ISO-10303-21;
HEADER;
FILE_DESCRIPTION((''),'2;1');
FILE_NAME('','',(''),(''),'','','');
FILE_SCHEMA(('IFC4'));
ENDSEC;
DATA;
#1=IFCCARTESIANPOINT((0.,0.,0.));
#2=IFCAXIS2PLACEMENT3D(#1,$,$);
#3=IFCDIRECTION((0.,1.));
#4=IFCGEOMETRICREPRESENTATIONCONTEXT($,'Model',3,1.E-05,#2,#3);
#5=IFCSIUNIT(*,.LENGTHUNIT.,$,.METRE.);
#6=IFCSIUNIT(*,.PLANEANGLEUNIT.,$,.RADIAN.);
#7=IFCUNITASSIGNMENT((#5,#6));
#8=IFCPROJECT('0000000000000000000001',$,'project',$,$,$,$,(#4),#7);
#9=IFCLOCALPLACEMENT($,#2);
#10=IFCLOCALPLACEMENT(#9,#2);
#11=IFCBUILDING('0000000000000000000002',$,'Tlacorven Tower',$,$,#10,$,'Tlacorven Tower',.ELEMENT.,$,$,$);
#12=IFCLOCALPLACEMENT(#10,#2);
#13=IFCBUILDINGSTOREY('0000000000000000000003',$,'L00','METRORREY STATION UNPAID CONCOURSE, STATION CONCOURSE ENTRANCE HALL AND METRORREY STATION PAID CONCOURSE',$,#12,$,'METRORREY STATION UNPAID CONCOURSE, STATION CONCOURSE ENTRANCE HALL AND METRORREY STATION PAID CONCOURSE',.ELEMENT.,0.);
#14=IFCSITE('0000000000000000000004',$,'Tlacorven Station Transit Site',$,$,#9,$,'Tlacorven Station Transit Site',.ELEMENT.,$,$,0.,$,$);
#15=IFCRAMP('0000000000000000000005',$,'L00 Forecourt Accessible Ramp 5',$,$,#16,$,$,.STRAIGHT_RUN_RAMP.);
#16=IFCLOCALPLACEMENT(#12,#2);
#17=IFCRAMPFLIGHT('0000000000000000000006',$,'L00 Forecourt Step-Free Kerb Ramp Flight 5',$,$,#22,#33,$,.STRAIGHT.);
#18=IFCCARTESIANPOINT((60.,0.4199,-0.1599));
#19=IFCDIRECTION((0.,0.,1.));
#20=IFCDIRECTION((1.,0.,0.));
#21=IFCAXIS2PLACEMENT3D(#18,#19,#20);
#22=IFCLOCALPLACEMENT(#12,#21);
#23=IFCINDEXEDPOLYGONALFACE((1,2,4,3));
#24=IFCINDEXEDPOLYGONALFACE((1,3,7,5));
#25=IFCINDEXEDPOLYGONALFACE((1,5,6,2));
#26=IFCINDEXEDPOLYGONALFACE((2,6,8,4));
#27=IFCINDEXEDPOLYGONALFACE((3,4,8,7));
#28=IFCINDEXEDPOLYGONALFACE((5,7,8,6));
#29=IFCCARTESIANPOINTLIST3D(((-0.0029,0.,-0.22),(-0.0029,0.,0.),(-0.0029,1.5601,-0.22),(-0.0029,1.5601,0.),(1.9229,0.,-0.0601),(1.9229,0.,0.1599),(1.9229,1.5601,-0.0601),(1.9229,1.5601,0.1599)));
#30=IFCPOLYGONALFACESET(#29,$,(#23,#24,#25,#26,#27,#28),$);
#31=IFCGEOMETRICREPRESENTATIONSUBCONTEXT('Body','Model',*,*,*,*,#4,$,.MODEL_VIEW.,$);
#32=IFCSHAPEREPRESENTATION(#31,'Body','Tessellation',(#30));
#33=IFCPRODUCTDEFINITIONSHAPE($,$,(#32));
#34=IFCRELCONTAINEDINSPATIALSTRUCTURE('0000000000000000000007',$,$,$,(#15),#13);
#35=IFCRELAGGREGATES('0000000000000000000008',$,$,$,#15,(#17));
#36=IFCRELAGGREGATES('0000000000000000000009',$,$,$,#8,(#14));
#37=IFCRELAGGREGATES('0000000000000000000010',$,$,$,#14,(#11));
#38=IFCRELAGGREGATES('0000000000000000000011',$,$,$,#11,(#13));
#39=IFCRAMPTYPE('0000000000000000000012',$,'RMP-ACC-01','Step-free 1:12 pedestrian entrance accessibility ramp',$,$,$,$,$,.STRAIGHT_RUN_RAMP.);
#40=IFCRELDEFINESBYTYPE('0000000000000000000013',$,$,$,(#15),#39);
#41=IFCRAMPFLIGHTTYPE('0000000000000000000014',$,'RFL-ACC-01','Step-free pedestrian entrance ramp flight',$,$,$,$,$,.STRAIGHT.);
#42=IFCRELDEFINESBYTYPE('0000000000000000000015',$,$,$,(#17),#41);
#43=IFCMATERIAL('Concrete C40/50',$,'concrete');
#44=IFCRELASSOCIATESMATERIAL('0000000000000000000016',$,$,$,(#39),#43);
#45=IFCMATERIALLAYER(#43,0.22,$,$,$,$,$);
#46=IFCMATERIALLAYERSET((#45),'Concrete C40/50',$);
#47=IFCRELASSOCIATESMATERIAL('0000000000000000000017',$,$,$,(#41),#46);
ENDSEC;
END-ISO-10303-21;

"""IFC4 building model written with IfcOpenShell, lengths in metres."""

from ifc_helpers import new_model, si_unit, direction, frame, origin, place, context, subcontext, project, spatial, polyline, outline, extrude, material, layer, layer_set, type_object, element, aggregate, save


model = new_model("IFC4")

# Units and contexts
model_context = context("Model", 3, precision=1e-05, world=origin(), true_north=direction((0.0, 1.0)))
body_context = subcontext(model_context, "Body", "Model", "MODEL_VIEW")
ifc_project = project(units=[si_unit("LENGTHUNIT", "METRE"), si_unit("PLANEANGLEUNIT", "RADIAN")], contexts=[model_context])

# Site, building, storey
site_placement = place(None, origin())
site = spatial("IfcSite", under=ifc_project, at=site_placement, Name="Tlacorven Station Transit Site", LongName="Tlacorven Station Transit Site", CompositionType="ELEMENT", RefElevation=0.0)
building_placement = place(site_placement, origin())
building = spatial("IfcBuilding", under=site, at=building_placement, Name="Tlacorven Tower", LongName="Tlacorven Tower", CompositionType="ELEMENT")
storey_placement = place(building_placement, origin())
storey = spatial("IfcBuildingStorey", under=building, at=storey_placement, Name="L00", Description="METRORREY STATION UNPAID CONCOURSE, STATION CONCOURSE ENTRANCE HALL AND METRORREY STATION PAID CONCOURSE", LongName="METRORREY STATION UNPAID CONCOURSE, STATION CONCOURSE ENTRANCE HALL AND METRORREY STATION PAID CONCOURSE", CompositionType="ELEMENT", Elevation=0.0)

# Shared definitions
ifc_material_1 = material(Name="Concrete C40/50", Category="concrete")

# Ramp, ramp flight
ramp_type = type_object("IfcRampType", Name="RMP-ACC-01", Description="Step-free 1:12 pedestrian entrance accessibility ramp", PredefinedType="STRAIGHT_RUN_RAMP", material=ifc_material_1)
ramp_placement = place(storey_placement, origin())
ramp = element("IfcRamp", 1, at=ramp_placement, inside=storey, type_object=ramp_type, Name="L00 Forecourt Accessible Ramp 5", PredefinedType="STRAIGHT_RUN_RAMP")
ifc_layer_1 = layer(ifc_material_1, 0.22)
ifc_layer_set_1 = layer_set([ifc_layer_1], Name="Concrete C40/50")
ramp_flight_type = type_object("IfcRampFlightType", Name="RFL-ACC-01", Description="Step-free pedestrian entrance ramp flight", PredefinedType="STRAIGHT", material=ifc_layer_set_1)
ramp_flight_placement = place(storey_placement, frame((60.0, 0.4199, -0.1599), z_axis=(0.0, 0.0, 1.0), x_axis=(1.0, 0.0, 0.0)))
ramp_flight = element("IfcRampFlight", 2, at=ramp_flight_placement, type_object=ramp_flight_type, Name="L00 Forecourt Step-Free Kerb Ramp Flight 5", PredefinedType="STRAIGHT", context=body_context, shape_type="SweptSolid", body=[
    extrude(outline(polyline([(-0.0029, -0.22), (-0.0029, 0.0), (1.9229, 0.1599), (1.9229, -0.0601), (-0.0029, -0.22)])), frame((0.0, 1.5601, 0.0), z_axis=(0.0, -1.0, 0.0), x_axis=(1.0, 0.0, 0.0)), (0.0, 0.0, 1.0), 1.5601),
])
aggregate(ramp, [ramp_flight])

save(model, "model.ifc")
